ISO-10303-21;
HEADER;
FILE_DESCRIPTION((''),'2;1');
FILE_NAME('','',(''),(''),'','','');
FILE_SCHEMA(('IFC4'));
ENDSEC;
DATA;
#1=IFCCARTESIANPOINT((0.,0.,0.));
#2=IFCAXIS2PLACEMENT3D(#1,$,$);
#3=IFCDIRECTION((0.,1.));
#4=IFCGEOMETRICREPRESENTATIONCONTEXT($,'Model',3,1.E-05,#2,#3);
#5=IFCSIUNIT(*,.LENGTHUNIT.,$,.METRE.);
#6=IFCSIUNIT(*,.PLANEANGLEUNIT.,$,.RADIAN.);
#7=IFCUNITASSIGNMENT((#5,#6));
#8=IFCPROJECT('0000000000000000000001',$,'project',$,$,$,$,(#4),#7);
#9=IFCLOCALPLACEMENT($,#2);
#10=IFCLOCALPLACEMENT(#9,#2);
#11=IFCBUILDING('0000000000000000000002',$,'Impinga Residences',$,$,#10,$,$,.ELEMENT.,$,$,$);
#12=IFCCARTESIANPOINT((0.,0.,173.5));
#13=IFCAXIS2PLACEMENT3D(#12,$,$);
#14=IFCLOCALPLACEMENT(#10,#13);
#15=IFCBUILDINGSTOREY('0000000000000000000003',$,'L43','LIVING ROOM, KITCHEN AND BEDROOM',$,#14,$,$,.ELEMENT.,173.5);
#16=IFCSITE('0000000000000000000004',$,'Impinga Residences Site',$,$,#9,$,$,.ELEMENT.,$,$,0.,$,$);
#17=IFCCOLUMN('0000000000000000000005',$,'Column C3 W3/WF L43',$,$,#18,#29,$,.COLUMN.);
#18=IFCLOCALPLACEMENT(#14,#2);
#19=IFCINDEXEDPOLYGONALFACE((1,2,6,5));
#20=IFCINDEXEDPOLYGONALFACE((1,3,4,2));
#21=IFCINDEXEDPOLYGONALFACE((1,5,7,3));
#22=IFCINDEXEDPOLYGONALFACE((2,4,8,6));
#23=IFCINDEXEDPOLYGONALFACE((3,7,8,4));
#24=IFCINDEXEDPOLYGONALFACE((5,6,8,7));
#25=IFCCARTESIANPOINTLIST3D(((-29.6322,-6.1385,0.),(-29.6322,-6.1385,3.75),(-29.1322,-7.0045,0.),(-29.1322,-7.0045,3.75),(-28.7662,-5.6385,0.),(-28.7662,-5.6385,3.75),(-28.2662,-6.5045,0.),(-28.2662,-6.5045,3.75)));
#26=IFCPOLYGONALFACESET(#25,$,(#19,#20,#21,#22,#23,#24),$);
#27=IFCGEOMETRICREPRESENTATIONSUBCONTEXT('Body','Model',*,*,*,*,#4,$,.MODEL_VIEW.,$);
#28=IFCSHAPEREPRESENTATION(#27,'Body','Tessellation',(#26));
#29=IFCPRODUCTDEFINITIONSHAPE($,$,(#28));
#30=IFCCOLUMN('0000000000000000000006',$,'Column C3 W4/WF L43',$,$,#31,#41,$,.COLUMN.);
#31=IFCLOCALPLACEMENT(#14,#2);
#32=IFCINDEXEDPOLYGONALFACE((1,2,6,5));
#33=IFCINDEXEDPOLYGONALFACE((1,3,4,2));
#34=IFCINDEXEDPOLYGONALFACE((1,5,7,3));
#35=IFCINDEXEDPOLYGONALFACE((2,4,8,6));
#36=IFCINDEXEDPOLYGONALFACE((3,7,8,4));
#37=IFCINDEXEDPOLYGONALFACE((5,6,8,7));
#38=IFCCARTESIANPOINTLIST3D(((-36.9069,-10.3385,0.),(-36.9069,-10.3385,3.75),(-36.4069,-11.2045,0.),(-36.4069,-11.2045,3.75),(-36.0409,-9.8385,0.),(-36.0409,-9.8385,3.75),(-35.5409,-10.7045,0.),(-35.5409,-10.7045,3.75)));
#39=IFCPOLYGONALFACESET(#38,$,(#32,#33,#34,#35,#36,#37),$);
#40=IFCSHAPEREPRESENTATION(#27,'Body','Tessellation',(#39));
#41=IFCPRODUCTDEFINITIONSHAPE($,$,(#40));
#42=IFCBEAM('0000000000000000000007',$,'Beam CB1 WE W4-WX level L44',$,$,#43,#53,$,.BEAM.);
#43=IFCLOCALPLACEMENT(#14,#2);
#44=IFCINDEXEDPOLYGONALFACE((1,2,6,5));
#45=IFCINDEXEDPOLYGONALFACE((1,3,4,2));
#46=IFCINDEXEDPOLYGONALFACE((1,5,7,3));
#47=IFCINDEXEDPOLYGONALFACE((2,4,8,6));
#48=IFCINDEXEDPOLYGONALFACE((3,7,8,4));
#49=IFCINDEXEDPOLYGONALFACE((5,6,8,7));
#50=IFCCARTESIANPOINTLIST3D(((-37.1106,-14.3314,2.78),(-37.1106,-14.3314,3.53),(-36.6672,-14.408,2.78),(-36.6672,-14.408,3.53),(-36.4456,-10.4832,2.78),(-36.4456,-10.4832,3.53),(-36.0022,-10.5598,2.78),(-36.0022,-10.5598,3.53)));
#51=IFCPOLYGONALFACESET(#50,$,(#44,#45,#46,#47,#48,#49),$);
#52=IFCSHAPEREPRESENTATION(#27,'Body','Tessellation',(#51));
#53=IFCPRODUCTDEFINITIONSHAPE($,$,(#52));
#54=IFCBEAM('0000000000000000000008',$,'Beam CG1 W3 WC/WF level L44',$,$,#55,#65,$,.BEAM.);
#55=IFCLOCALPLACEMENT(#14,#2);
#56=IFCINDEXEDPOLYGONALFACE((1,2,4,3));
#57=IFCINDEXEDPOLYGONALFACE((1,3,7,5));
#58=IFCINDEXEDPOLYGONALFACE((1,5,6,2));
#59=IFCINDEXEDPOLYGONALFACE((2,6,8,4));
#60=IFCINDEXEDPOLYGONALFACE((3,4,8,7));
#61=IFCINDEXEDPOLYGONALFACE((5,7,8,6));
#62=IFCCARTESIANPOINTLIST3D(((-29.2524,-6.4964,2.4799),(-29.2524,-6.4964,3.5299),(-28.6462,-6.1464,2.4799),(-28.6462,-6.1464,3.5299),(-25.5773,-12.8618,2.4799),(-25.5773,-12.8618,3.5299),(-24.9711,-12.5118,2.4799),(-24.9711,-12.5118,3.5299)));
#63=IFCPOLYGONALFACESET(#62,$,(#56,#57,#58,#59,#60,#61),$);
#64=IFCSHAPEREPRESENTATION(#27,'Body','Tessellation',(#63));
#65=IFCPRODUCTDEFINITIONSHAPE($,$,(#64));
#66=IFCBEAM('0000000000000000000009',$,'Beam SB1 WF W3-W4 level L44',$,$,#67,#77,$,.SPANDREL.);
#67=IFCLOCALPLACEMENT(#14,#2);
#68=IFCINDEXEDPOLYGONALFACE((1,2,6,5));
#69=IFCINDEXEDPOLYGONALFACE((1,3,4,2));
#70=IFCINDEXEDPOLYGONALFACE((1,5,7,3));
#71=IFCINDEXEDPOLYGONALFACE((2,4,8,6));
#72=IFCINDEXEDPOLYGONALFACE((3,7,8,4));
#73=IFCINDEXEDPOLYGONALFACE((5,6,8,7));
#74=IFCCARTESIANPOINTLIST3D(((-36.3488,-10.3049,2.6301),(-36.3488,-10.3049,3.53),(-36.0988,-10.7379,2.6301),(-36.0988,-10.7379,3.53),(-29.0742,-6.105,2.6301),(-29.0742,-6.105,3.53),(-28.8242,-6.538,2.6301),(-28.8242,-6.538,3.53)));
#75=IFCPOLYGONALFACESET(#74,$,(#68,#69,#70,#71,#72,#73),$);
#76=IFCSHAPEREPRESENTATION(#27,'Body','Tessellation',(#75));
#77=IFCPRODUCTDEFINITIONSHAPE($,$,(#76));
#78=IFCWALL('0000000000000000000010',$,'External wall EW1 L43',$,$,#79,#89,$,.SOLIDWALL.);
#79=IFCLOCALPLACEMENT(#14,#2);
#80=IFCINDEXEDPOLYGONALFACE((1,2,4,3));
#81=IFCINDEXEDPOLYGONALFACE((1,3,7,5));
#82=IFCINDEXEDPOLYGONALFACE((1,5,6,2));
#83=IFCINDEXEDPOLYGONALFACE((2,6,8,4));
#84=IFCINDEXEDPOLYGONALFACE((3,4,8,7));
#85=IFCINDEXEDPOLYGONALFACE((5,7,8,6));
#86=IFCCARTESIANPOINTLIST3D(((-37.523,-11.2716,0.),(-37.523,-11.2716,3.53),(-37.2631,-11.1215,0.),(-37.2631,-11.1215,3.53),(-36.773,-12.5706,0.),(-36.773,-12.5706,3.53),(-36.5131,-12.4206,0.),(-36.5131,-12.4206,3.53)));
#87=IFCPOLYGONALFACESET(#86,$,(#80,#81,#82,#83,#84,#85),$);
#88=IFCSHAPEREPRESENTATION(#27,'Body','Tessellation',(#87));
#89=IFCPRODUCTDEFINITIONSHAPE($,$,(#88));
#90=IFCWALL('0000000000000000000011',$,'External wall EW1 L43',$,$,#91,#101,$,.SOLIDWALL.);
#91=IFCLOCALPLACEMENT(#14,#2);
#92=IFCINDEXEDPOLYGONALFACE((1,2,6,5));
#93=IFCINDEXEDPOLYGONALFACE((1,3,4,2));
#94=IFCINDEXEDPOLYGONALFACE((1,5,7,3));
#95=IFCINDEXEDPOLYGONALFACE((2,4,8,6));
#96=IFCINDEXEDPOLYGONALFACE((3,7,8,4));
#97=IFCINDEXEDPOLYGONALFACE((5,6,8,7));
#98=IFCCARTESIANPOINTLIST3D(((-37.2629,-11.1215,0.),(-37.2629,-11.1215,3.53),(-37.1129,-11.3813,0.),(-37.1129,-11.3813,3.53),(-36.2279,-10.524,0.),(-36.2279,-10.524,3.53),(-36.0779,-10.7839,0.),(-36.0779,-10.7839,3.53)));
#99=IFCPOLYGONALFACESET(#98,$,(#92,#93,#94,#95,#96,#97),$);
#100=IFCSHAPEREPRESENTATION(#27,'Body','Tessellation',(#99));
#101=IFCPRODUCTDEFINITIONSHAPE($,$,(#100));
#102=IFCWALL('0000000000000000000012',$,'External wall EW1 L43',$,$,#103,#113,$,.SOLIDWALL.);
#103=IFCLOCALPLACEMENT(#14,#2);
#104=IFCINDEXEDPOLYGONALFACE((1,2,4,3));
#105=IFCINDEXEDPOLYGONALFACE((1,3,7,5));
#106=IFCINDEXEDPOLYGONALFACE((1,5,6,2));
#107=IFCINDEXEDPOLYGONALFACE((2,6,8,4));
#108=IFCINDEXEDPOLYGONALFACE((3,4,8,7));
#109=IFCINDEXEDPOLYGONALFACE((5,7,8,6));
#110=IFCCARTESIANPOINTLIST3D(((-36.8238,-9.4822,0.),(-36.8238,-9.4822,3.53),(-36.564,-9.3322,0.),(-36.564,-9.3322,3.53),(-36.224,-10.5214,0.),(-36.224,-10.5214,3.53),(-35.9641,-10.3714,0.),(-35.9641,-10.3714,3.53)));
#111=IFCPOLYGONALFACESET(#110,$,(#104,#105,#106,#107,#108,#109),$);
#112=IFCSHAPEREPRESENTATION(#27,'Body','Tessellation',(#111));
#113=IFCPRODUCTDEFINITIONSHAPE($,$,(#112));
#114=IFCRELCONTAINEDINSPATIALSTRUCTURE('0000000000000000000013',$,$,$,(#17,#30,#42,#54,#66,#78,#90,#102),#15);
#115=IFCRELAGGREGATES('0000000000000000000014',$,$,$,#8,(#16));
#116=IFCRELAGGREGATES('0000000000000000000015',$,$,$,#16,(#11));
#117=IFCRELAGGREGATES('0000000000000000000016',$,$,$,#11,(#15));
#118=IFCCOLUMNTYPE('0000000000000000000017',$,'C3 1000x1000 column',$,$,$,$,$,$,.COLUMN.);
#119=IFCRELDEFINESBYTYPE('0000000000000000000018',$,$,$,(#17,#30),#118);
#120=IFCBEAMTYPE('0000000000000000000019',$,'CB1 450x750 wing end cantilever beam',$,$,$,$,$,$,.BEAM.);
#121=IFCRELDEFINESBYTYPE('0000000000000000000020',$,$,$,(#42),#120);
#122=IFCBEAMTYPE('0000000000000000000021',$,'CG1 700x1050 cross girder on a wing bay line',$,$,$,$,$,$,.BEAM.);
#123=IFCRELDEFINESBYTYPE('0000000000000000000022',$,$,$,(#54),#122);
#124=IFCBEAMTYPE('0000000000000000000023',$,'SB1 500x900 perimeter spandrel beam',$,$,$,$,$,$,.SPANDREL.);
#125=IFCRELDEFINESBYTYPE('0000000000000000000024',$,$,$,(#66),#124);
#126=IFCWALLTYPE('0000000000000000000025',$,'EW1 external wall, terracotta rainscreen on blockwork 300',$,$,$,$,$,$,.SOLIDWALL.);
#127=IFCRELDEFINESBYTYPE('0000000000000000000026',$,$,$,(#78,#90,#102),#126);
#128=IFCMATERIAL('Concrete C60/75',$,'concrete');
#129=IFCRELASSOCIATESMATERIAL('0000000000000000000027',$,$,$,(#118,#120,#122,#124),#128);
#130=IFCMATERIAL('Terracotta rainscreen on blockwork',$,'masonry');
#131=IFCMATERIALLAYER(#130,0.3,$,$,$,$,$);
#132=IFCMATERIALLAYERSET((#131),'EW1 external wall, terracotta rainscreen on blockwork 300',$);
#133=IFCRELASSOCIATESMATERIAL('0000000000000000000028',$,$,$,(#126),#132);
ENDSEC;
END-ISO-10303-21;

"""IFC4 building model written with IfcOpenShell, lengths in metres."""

from ifc_helpers import new_model, si_unit, direction, frame, frame_2d, origin, origin_2d, place, context, subcontext, project, spatial, rectangle, extrude, material, layer, layer_set, material_profile, profile_set, type_object, element, save


model = new_model("IFC4")

# Units and contexts
model_context = context("Model", 3, precision=1e-05, world=origin(), true_north=direction((0.0, 1.0)))
body_context = subcontext(model_context, "Body", "Model", "MODEL_VIEW")
ifc_project = project(units=[si_unit("LENGTHUNIT", "METRE"), si_unit("PLANEANGLEUNIT", "RADIAN")], contexts=[model_context])

# Site, building, storey
site_placement = place(None, origin())
site = spatial("IfcSite", under=ifc_project, at=site_placement, Name="Impinga Residences Site", CompositionType="ELEMENT", RefElevation=0.0)
building_placement = place(site_placement, origin())
building = spatial("IfcBuilding", under=site, at=building_placement, Name="Impinga Residences", CompositionType="ELEMENT")
storey_placement = place(building_placement, frame((0.0, 0.0, 173.5)))
storey = spatial("IfcBuildingStorey", under=building, at=storey_placement, Name="L43", Description="LIVING ROOM, KITCHEN AND BEDROOM", CompositionType="ELEMENT", Elevation=173.5)

# Columns
ifc_material_1 = material(Name="Concrete C60/75", Category="concrete")
ifc_material_profile_1 = material_profile(ifc_material_1, rectangle(XDim=1.0, YDim=1.0, at=origin_2d()), Name="RC 1000x1000")
ifc_profile_set_1 = profile_set([ifc_material_profile_1], Name="Concrete C60/75")
column_type = type_object("IfcColumnType", Name="C3 1000x1000 column", PredefinedType="COLUMN", material=ifc_profile_set_1)
for number, where, z_axis, x_axis, name in (
    (1, (-28.9492, -6.3215, 0.0), (0.0, 0.0, 1.0), (-0.5, 0.866025, 0.0), "Column C3 W3/WF L43"),
    (2, (-36.2239, -10.5215, 0.0), (0.0, 0.0, 1.0), (-0.5, 0.866025, 0.0), "Column C3 W4/WF L43"),
):
    element("IfcColumn", number, at=place(storey_placement, frame(where, z_axis=z_axis, x_axis=x_axis)), inside=storey, type_object=column_type, Name=name, PredefinedType="COLUMN", context=body_context, shape_type="SweptSolid", body=[
        extrude(rectangle(XDim=1.0, YDim=1.0, at=origin_2d()), origin(), (0.0, 0.0, 1.0), 3.75),
    ])

# Beams
ifc_material_profile_2 = material_profile(ifc_material_1, rectangle(XDim=0.45, YDim=0.75, at=origin_2d()), Name="RC 450x750")
ifc_profile_set_2 = profile_set([ifc_material_profile_2], Name="Concrete C60/75")
beam_type_1 = type_object("IfcBeamType", Name="CB1 450x750 wing end cantilever beam", PredefinedType="BEAM", material=ifc_profile_set_2)
beam_1_placement = place(storey_placement, frame((-36.2239, -10.5215, 3.155), z_axis=(-0.170296, -0.985393, 0.0), x_axis=(0.985393, -0.170296, 0.0)))
element("IfcBeam", 3, at=beam_1_placement, inside=storey, type_object=beam_type_1, Name="Beam CB1 WE W4-WX level L44", PredefinedType="BEAM", context=body_context, shape_type="SweptSolid", body=[
    extrude(rectangle(XDim=0.45, YDim=0.75, at=origin_2d()), origin(), (0.0, 0.0, 1.0), 3.9053),
])
ifc_material_profile_3 = material_profile(ifc_material_1, rectangle(XDim=0.7, YDim=1.05, at=origin_2d()), Name="RC 700x1050")
ifc_profile_set_3 = profile_set([ifc_material_profile_3], Name="Concrete C60/75")
beam_type_2 = type_object("IfcBeamType", Name="CG1 700x1050 cross girder on a wing bay line", PredefinedType="BEAM", material=ifc_profile_set_3)
beam_2_placement = place(storey_placement, frame((-25.2742, -12.6868, 3.0049), z_axis=(-0.500008, 0.866021, 0.0), x_axis=(-0.866021, -0.500008, 0.0)))
element("IfcBeam", 4, at=beam_2_placement, inside=storey, type_object=beam_type_2, Name="Beam CG1 W3 WC/WF level L44", PredefinedType="BEAM", context=body_context, shape_type="SweptSolid", body=[
    extrude(rectangle(XDim=0.7, YDim=1.05, at=origin_2d()), origin(), (0.0, 0.0, 1.0), 7.3501),
])
ifc_material_profile_4 = material_profile(ifc_material_1, rectangle(XDim=0.5, YDim=0.8999, at=origin_2d()), Name="RC 500x900")
ifc_profile_set_4 = profile_set([ifc_material_profile_4], Name="Concrete C60/75")
beam_type_3 = type_object("IfcBeamType", Name="SB1 500x900 perimeter spandrel beam", PredefinedType="SPANDREL", material=ifc_profile_set_4)
beam_3_placement = place(storey_placement, frame((-28.9492, -6.3215, 3.0801), z_axis=(-0.866029, -0.499993, 0.0), x_axis=(0.499993, -0.866029, 0.0)))
element("IfcBeam", 5, at=beam_3_placement, inside=storey, type_object=beam_type_3, Name="Beam SB1 WF W3-W4 level L44", PredefinedType="SPANDREL", context=body_context, shape_type="SweptSolid", body=[
    extrude(rectangle(XDim=0.5, YDim=0.8999, at=origin_2d()), origin(), (0.0, 0.0, 1.0), 8.3999),
])

# Walls
ifc_material_2 = material(Name="Terracotta rainscreen on blockwork", Category="masonry")
ifc_layer_1 = layer(ifc_material_2, 0.3)
ifc_layer_set_1 = layer_set([ifc_layer_1], Name="EW1 external wall, terracotta rainscreen on blockwork 300")
wall_type_1 = type_object("IfcWallType", Name="EW1 external wall, terracotta rainscreen on blockwork 300", PredefinedType="SOLIDWALL", material=ifc_layer_set_1)
wall_1_placement = place(storey_placement, frame((-36.6431, -12.4956, 0.0), z_axis=(0.0, 0.0, 1.0), x_axis=(-0.49999, 0.866031, 0.0)))
element("IfcWall", 6, at=wall_1_placement, inside=storey, type_object=wall_type_1, Name="External wall EW1 L43", PredefinedType="SOLIDWALL", context=body_context, shape_type="SweptSolid", body=[
    extrude(rectangle(XDim=1.5, YDim=0.3, at=frame_2d((0.75, 0.0))), origin(), (0.0, 0.0, 1.0), 3.53),
])
wall_2_placement = place(storey_placement, frame((-37.188, -11.2515, 0.0), z_axis=(0.0, 0.0, 1.0), x_axis=(0.86606, 0.499941, 0.0)))
element("IfcWall", 7, at=wall_2_placement, inside=storey, type_object=wall_type_1, Name="External wall EW1 L43", PredefinedType="SOLIDWALL", context=body_context, shape_type="SweptSolid", body=[
    extrude(rectangle(XDim=1.1951, YDim=0.3, at=frame_2d((0.5977, 0.0))), origin(), (0.0, 0.0, 1.0), 3.53),
])
wall_3_placement = place(storey_placement, frame((-36.094, -10.4465, 0.0), z_axis=(0.0, 0.0, 1.0), x_axis=(-0.499881, 0.866094, 0.0)))
element("IfcWall", 8, at=wall_3_placement, inside=storey, type_object=wall_type_1, Name="External wall EW1 L43", PredefinedType="SOLIDWALL", context=body_context, shape_type="SweptSolid", body=[
    extrude(rectangle(XDim=1.2, YDim=0.3, at=frame_2d((0.6001, 0.0))), origin(), (0.0, 0.0, 1.0), 3.53),
])

save(model, "model.ifc")
